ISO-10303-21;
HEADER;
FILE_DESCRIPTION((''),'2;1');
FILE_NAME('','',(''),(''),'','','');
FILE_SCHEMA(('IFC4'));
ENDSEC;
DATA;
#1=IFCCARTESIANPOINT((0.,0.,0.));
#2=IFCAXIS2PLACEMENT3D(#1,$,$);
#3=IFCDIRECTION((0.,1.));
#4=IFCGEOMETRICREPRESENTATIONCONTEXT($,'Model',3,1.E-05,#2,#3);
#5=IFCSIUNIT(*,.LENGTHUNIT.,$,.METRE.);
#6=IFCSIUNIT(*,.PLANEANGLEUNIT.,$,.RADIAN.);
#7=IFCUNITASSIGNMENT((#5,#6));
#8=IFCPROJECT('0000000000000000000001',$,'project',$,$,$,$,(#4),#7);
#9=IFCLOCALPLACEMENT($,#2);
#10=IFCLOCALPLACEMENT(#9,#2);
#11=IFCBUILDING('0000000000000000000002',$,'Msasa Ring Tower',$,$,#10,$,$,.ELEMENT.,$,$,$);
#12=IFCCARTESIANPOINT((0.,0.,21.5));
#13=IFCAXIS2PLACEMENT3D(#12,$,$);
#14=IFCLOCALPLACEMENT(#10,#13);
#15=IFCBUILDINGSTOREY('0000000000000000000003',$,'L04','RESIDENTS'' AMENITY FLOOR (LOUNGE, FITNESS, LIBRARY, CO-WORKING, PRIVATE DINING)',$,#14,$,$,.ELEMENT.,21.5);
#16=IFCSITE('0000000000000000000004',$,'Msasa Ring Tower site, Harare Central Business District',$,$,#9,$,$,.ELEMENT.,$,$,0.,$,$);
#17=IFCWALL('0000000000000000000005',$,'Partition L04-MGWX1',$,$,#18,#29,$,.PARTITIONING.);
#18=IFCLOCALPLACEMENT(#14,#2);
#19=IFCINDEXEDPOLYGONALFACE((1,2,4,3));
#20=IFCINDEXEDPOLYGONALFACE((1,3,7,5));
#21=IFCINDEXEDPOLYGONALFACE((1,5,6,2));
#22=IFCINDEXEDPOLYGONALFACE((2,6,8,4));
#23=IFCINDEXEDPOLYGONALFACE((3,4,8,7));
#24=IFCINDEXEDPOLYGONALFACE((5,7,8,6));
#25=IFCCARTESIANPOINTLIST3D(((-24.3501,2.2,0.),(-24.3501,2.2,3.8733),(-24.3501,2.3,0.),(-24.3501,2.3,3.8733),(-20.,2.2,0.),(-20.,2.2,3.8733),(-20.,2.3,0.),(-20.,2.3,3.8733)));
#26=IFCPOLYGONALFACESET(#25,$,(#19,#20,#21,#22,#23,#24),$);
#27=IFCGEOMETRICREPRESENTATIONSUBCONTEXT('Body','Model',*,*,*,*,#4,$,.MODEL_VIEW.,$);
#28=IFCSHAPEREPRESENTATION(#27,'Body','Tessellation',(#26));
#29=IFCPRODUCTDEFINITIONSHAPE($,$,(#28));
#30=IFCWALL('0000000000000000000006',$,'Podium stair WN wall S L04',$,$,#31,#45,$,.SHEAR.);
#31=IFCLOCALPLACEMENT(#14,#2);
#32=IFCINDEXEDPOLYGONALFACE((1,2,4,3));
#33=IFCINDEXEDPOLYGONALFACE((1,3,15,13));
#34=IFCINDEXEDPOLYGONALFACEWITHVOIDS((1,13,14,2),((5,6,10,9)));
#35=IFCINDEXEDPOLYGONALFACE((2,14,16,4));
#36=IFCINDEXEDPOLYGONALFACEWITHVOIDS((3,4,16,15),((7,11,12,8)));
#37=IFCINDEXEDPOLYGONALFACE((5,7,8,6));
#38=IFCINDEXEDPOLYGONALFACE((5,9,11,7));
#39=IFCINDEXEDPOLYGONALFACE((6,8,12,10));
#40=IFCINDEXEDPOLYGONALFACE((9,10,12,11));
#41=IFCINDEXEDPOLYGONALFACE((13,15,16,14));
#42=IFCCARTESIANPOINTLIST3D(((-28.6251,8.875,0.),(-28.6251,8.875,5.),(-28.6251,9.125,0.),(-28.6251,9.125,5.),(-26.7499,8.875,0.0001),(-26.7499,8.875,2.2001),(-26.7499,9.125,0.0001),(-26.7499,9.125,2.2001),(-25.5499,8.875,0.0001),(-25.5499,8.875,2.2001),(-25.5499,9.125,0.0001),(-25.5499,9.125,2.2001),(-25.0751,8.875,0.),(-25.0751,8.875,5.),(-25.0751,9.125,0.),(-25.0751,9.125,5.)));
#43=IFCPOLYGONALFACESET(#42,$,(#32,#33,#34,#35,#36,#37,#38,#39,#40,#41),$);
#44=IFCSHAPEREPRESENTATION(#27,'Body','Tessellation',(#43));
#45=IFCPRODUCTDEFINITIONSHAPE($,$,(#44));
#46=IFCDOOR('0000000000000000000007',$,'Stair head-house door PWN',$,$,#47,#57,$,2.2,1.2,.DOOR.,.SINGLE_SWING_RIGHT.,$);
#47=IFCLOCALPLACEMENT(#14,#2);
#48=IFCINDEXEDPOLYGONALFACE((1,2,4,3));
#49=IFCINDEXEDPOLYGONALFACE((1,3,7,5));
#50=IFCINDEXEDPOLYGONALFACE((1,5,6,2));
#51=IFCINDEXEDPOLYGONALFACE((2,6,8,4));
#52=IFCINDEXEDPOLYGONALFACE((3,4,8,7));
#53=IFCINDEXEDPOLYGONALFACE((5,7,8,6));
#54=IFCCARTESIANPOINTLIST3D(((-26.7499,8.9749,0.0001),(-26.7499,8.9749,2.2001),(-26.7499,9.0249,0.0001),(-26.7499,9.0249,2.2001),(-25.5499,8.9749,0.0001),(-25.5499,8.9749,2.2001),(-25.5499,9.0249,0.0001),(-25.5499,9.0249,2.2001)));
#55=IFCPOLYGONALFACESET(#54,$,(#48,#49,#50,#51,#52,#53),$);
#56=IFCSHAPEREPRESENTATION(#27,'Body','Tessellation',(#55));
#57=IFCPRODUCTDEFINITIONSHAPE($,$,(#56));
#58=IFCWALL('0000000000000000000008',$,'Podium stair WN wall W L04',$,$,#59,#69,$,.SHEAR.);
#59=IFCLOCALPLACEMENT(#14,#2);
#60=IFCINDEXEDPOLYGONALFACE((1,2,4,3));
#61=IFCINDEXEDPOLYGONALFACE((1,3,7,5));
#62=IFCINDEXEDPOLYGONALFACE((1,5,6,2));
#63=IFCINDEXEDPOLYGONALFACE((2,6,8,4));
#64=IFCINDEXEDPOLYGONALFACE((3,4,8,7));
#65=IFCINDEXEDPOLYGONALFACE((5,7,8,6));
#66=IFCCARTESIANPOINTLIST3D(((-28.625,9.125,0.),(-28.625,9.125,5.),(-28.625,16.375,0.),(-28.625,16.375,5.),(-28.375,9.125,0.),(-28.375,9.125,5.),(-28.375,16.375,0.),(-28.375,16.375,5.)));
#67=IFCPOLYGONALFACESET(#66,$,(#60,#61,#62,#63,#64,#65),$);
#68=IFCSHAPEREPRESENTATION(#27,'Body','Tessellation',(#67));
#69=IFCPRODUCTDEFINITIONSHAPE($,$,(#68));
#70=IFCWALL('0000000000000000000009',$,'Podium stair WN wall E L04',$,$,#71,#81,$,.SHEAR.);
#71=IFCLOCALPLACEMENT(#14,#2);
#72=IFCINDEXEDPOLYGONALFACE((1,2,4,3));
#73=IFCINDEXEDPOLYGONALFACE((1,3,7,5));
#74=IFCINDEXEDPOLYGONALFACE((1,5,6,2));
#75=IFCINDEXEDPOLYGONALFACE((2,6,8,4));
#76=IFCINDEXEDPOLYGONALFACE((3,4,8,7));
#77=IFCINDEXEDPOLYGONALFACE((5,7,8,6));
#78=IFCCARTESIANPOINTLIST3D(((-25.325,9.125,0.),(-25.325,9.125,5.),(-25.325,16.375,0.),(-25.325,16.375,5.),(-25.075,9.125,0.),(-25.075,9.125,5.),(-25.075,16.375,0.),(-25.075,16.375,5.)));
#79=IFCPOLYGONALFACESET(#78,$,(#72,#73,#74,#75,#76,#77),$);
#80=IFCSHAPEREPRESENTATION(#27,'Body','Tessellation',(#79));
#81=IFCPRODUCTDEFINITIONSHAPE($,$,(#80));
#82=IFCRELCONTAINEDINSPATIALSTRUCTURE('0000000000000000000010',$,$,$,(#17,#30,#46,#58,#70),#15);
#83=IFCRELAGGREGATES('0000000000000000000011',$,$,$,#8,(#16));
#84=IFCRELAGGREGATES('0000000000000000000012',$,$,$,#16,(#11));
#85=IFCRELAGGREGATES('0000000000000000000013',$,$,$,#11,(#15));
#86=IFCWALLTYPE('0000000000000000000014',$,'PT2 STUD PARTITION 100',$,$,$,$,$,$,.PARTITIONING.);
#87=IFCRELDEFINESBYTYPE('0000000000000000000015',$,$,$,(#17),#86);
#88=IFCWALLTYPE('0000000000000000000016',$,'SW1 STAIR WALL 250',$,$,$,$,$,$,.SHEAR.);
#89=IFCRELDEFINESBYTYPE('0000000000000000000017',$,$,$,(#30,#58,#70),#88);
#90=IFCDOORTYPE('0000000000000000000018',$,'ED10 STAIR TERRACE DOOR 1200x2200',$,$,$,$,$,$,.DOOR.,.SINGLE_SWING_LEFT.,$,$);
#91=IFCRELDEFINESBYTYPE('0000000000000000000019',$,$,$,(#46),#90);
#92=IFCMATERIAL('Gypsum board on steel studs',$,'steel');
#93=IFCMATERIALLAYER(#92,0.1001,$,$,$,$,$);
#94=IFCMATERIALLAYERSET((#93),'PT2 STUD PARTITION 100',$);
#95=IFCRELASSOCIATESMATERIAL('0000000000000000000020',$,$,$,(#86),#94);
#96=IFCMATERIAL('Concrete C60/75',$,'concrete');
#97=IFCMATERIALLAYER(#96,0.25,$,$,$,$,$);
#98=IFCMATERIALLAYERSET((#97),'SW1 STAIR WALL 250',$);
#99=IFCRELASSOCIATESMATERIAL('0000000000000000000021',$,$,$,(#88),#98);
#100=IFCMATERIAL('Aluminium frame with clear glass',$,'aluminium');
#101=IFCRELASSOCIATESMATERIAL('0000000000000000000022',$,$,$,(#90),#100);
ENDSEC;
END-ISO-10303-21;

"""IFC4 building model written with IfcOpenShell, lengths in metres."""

from ifc_helpers import new_model, si_unit, direction, frame, frame_2d, origin, place, context, subcontext, project, spatial, rectangle, extrude, material, layer, layer_set, type_object, element, fill, save


model = new_model("IFC4")

# Units and contexts
model_context = context("Model", 3, precision=1e-05, world=origin(), true_north=direction((0.0, 1.0)))
body_context = subcontext(model_context, "Body", "Model", "MODEL_VIEW")
ifc_project = project(units=[si_unit("LENGTHUNIT", "METRE"), si_unit("PLANEANGLEUNIT", "RADIAN")], contexts=[model_context])

# Site, building, storey
site_placement = place(None, origin())
site = spatial("IfcSite", under=ifc_project, at=site_placement, Name="Msasa Ring Tower site, Harare Central Business District", CompositionType="ELEMENT", RefElevation=0.0)
building_placement = place(site_placement, origin())
building = spatial("IfcBuilding", under=site, at=building_placement, Name="Msasa Ring Tower", CompositionType="ELEMENT")
storey_placement = place(building_placement, frame((0.0, 0.0, 21.5)))
storey = spatial("IfcBuildingStorey", under=building, at=storey_placement, Name="L04", Description="RESIDENTS' AMENITY FLOOR (LOUNGE, FITNESS, LIBRARY, CO-WORKING, PRIVATE DINING)", CompositionType="ELEMENT", Elevation=21.5)

# Wall
ifc_material_1 = material(Name="Gypsum board on steel studs", Category="steel")
ifc_layer_1 = layer(ifc_material_1, 0.1001)
ifc_layer_set_1 = layer_set([ifc_layer_1], Name="PT2 STUD PARTITION 100")
wall_type_1 = type_object("IfcWallType", Name="PT2 STUD PARTITION 100", PredefinedType="PARTITIONING", material=ifc_layer_set_1)
wall_1_placement = place(storey_placement, frame((-24.3501, 2.25, 0.0), z_axis=(0.0, 0.0, 1.0), x_axis=(1.0, 0.0, 0.0)))
element("IfcWall", 1, at=wall_1_placement, inside=storey, type_object=wall_type_1, Name="Partition L04-MGWX1", PredefinedType="PARTITIONING", context=body_context, shape_type="SweptSolid", body=[
    extrude(rectangle(XDim=4.3501, YDim=0.1001, at=frame_2d((2.175, 0.0))), origin(), (0.0, 0.0, 1.0), 3.8733),
])

# Wall, opening, door
ifc_material_2 = material(Name="Concrete C60/75", Category="concrete")
ifc_layer_2 = layer(ifc_material_2, 0.25)
ifc_layer_set_2 = layer_set([ifc_layer_2], Name="SW1 STAIR WALL 250")
wall_type_2 = type_object("IfcWallType", Name="SW1 STAIR WALL 250", PredefinedType="SHEAR", material=ifc_layer_set_2)
wall_2_placement = place(storey_placement, frame((-28.625, 9.0, 0.0), z_axis=(0.0, 0.0, 1.0), x_axis=(1.0, 0.0, 0.0)))
wall_2 = element("IfcWall", 2, at=wall_2_placement, inside=storey, type_object=wall_type_2, Name="Podium stair WN wall S L04", PredefinedType="SHEAR", context=body_context, shape_type="SweptSolid", body=[
    extrude(rectangle(XDim=3.55, YDim=0.25, at=frame_2d((1.7749, 0.0))), origin(), (0.0, 0.0, 1.0), 5.0),
])
opening_1_placement = place(wall_2_placement, frame((1.875, 0.0, 0.0)))
opening_1 = element("IfcOpeningElement", 3, at=opening_1_placement, cuts=wall_2, PredefinedType="OPENING", context=body_context, shape_type="SweptSolid", body=[
    extrude(rectangle(XDim=1.2, YDim=2.2, at=frame_2d((0.6001, 1.1001))), frame((0.0, 0.135, 0.0), z_axis=(0.0, -1.0, 0.0), x_axis=(1.0, 0.0, 0.0)), (0.0, 0.0, 1.0), 0.27),
])
ifc_material_3 = material(Name="Aluminium frame with clear glass", Category="aluminium")
door_type_1 = type_object("IfcDoorType", Name="ED10 STAIR TERRACE DOOR 1200x2200", OperationType="SINGLE_SWING_LEFT", PredefinedType="DOOR", material=ifc_material_3)
door_1_placement = place(opening_1_placement, origin())
door_1 = element("IfcDoor", 4, at=door_1_placement, inside=storey, type_object=door_type_1, Name="Stair head-house door PWN", OperationType="SINGLE_SWING_RIGHT", OverallHeight=2.2, OverallWidth=1.2, PredefinedType="DOOR", context=body_context, shape_type="SweptSolid", body=[
    extrude(rectangle(XDim=1.2, YDim=2.2, at=frame_2d((0.6001, 1.1001))), frame((0.0, 0.0249, 0.0), z_axis=(0.0, -1.0, 0.0), x_axis=(1.0, 0.0, 0.0)), (0.0, 0.0, 1.0), 0.05),
])
fill(opening_1, door_1)

# Walls
for number, where, z_axis, x_axis, name in (
    (5, (-28.5, 9.125, 0.0), (0.0, 0.0, 1.0), (0.0, 1.0, 0.0), "Podium stair WN wall W L04"),
    (6, (-25.2, 9.125, 0.0), (0.0, 0.0, 1.0), (0.0, 1.0, 0.0), "Podium stair WN wall E L04"),
):
    element("IfcWall", number, at=place(storey_placement, frame(where, z_axis=z_axis, x_axis=x_axis)), inside=storey, type_object=wall_type_2, Name=name, PredefinedType="SHEAR", context=body_context, shape_type="SweptSolid", body=[
        extrude(rectangle(XDim=7.25, YDim=0.25, at=frame_2d((3.625, 0.0))), origin(), (0.0, 0.0, 1.0), 5.0),
    ])

save(model, "model.ifc")
